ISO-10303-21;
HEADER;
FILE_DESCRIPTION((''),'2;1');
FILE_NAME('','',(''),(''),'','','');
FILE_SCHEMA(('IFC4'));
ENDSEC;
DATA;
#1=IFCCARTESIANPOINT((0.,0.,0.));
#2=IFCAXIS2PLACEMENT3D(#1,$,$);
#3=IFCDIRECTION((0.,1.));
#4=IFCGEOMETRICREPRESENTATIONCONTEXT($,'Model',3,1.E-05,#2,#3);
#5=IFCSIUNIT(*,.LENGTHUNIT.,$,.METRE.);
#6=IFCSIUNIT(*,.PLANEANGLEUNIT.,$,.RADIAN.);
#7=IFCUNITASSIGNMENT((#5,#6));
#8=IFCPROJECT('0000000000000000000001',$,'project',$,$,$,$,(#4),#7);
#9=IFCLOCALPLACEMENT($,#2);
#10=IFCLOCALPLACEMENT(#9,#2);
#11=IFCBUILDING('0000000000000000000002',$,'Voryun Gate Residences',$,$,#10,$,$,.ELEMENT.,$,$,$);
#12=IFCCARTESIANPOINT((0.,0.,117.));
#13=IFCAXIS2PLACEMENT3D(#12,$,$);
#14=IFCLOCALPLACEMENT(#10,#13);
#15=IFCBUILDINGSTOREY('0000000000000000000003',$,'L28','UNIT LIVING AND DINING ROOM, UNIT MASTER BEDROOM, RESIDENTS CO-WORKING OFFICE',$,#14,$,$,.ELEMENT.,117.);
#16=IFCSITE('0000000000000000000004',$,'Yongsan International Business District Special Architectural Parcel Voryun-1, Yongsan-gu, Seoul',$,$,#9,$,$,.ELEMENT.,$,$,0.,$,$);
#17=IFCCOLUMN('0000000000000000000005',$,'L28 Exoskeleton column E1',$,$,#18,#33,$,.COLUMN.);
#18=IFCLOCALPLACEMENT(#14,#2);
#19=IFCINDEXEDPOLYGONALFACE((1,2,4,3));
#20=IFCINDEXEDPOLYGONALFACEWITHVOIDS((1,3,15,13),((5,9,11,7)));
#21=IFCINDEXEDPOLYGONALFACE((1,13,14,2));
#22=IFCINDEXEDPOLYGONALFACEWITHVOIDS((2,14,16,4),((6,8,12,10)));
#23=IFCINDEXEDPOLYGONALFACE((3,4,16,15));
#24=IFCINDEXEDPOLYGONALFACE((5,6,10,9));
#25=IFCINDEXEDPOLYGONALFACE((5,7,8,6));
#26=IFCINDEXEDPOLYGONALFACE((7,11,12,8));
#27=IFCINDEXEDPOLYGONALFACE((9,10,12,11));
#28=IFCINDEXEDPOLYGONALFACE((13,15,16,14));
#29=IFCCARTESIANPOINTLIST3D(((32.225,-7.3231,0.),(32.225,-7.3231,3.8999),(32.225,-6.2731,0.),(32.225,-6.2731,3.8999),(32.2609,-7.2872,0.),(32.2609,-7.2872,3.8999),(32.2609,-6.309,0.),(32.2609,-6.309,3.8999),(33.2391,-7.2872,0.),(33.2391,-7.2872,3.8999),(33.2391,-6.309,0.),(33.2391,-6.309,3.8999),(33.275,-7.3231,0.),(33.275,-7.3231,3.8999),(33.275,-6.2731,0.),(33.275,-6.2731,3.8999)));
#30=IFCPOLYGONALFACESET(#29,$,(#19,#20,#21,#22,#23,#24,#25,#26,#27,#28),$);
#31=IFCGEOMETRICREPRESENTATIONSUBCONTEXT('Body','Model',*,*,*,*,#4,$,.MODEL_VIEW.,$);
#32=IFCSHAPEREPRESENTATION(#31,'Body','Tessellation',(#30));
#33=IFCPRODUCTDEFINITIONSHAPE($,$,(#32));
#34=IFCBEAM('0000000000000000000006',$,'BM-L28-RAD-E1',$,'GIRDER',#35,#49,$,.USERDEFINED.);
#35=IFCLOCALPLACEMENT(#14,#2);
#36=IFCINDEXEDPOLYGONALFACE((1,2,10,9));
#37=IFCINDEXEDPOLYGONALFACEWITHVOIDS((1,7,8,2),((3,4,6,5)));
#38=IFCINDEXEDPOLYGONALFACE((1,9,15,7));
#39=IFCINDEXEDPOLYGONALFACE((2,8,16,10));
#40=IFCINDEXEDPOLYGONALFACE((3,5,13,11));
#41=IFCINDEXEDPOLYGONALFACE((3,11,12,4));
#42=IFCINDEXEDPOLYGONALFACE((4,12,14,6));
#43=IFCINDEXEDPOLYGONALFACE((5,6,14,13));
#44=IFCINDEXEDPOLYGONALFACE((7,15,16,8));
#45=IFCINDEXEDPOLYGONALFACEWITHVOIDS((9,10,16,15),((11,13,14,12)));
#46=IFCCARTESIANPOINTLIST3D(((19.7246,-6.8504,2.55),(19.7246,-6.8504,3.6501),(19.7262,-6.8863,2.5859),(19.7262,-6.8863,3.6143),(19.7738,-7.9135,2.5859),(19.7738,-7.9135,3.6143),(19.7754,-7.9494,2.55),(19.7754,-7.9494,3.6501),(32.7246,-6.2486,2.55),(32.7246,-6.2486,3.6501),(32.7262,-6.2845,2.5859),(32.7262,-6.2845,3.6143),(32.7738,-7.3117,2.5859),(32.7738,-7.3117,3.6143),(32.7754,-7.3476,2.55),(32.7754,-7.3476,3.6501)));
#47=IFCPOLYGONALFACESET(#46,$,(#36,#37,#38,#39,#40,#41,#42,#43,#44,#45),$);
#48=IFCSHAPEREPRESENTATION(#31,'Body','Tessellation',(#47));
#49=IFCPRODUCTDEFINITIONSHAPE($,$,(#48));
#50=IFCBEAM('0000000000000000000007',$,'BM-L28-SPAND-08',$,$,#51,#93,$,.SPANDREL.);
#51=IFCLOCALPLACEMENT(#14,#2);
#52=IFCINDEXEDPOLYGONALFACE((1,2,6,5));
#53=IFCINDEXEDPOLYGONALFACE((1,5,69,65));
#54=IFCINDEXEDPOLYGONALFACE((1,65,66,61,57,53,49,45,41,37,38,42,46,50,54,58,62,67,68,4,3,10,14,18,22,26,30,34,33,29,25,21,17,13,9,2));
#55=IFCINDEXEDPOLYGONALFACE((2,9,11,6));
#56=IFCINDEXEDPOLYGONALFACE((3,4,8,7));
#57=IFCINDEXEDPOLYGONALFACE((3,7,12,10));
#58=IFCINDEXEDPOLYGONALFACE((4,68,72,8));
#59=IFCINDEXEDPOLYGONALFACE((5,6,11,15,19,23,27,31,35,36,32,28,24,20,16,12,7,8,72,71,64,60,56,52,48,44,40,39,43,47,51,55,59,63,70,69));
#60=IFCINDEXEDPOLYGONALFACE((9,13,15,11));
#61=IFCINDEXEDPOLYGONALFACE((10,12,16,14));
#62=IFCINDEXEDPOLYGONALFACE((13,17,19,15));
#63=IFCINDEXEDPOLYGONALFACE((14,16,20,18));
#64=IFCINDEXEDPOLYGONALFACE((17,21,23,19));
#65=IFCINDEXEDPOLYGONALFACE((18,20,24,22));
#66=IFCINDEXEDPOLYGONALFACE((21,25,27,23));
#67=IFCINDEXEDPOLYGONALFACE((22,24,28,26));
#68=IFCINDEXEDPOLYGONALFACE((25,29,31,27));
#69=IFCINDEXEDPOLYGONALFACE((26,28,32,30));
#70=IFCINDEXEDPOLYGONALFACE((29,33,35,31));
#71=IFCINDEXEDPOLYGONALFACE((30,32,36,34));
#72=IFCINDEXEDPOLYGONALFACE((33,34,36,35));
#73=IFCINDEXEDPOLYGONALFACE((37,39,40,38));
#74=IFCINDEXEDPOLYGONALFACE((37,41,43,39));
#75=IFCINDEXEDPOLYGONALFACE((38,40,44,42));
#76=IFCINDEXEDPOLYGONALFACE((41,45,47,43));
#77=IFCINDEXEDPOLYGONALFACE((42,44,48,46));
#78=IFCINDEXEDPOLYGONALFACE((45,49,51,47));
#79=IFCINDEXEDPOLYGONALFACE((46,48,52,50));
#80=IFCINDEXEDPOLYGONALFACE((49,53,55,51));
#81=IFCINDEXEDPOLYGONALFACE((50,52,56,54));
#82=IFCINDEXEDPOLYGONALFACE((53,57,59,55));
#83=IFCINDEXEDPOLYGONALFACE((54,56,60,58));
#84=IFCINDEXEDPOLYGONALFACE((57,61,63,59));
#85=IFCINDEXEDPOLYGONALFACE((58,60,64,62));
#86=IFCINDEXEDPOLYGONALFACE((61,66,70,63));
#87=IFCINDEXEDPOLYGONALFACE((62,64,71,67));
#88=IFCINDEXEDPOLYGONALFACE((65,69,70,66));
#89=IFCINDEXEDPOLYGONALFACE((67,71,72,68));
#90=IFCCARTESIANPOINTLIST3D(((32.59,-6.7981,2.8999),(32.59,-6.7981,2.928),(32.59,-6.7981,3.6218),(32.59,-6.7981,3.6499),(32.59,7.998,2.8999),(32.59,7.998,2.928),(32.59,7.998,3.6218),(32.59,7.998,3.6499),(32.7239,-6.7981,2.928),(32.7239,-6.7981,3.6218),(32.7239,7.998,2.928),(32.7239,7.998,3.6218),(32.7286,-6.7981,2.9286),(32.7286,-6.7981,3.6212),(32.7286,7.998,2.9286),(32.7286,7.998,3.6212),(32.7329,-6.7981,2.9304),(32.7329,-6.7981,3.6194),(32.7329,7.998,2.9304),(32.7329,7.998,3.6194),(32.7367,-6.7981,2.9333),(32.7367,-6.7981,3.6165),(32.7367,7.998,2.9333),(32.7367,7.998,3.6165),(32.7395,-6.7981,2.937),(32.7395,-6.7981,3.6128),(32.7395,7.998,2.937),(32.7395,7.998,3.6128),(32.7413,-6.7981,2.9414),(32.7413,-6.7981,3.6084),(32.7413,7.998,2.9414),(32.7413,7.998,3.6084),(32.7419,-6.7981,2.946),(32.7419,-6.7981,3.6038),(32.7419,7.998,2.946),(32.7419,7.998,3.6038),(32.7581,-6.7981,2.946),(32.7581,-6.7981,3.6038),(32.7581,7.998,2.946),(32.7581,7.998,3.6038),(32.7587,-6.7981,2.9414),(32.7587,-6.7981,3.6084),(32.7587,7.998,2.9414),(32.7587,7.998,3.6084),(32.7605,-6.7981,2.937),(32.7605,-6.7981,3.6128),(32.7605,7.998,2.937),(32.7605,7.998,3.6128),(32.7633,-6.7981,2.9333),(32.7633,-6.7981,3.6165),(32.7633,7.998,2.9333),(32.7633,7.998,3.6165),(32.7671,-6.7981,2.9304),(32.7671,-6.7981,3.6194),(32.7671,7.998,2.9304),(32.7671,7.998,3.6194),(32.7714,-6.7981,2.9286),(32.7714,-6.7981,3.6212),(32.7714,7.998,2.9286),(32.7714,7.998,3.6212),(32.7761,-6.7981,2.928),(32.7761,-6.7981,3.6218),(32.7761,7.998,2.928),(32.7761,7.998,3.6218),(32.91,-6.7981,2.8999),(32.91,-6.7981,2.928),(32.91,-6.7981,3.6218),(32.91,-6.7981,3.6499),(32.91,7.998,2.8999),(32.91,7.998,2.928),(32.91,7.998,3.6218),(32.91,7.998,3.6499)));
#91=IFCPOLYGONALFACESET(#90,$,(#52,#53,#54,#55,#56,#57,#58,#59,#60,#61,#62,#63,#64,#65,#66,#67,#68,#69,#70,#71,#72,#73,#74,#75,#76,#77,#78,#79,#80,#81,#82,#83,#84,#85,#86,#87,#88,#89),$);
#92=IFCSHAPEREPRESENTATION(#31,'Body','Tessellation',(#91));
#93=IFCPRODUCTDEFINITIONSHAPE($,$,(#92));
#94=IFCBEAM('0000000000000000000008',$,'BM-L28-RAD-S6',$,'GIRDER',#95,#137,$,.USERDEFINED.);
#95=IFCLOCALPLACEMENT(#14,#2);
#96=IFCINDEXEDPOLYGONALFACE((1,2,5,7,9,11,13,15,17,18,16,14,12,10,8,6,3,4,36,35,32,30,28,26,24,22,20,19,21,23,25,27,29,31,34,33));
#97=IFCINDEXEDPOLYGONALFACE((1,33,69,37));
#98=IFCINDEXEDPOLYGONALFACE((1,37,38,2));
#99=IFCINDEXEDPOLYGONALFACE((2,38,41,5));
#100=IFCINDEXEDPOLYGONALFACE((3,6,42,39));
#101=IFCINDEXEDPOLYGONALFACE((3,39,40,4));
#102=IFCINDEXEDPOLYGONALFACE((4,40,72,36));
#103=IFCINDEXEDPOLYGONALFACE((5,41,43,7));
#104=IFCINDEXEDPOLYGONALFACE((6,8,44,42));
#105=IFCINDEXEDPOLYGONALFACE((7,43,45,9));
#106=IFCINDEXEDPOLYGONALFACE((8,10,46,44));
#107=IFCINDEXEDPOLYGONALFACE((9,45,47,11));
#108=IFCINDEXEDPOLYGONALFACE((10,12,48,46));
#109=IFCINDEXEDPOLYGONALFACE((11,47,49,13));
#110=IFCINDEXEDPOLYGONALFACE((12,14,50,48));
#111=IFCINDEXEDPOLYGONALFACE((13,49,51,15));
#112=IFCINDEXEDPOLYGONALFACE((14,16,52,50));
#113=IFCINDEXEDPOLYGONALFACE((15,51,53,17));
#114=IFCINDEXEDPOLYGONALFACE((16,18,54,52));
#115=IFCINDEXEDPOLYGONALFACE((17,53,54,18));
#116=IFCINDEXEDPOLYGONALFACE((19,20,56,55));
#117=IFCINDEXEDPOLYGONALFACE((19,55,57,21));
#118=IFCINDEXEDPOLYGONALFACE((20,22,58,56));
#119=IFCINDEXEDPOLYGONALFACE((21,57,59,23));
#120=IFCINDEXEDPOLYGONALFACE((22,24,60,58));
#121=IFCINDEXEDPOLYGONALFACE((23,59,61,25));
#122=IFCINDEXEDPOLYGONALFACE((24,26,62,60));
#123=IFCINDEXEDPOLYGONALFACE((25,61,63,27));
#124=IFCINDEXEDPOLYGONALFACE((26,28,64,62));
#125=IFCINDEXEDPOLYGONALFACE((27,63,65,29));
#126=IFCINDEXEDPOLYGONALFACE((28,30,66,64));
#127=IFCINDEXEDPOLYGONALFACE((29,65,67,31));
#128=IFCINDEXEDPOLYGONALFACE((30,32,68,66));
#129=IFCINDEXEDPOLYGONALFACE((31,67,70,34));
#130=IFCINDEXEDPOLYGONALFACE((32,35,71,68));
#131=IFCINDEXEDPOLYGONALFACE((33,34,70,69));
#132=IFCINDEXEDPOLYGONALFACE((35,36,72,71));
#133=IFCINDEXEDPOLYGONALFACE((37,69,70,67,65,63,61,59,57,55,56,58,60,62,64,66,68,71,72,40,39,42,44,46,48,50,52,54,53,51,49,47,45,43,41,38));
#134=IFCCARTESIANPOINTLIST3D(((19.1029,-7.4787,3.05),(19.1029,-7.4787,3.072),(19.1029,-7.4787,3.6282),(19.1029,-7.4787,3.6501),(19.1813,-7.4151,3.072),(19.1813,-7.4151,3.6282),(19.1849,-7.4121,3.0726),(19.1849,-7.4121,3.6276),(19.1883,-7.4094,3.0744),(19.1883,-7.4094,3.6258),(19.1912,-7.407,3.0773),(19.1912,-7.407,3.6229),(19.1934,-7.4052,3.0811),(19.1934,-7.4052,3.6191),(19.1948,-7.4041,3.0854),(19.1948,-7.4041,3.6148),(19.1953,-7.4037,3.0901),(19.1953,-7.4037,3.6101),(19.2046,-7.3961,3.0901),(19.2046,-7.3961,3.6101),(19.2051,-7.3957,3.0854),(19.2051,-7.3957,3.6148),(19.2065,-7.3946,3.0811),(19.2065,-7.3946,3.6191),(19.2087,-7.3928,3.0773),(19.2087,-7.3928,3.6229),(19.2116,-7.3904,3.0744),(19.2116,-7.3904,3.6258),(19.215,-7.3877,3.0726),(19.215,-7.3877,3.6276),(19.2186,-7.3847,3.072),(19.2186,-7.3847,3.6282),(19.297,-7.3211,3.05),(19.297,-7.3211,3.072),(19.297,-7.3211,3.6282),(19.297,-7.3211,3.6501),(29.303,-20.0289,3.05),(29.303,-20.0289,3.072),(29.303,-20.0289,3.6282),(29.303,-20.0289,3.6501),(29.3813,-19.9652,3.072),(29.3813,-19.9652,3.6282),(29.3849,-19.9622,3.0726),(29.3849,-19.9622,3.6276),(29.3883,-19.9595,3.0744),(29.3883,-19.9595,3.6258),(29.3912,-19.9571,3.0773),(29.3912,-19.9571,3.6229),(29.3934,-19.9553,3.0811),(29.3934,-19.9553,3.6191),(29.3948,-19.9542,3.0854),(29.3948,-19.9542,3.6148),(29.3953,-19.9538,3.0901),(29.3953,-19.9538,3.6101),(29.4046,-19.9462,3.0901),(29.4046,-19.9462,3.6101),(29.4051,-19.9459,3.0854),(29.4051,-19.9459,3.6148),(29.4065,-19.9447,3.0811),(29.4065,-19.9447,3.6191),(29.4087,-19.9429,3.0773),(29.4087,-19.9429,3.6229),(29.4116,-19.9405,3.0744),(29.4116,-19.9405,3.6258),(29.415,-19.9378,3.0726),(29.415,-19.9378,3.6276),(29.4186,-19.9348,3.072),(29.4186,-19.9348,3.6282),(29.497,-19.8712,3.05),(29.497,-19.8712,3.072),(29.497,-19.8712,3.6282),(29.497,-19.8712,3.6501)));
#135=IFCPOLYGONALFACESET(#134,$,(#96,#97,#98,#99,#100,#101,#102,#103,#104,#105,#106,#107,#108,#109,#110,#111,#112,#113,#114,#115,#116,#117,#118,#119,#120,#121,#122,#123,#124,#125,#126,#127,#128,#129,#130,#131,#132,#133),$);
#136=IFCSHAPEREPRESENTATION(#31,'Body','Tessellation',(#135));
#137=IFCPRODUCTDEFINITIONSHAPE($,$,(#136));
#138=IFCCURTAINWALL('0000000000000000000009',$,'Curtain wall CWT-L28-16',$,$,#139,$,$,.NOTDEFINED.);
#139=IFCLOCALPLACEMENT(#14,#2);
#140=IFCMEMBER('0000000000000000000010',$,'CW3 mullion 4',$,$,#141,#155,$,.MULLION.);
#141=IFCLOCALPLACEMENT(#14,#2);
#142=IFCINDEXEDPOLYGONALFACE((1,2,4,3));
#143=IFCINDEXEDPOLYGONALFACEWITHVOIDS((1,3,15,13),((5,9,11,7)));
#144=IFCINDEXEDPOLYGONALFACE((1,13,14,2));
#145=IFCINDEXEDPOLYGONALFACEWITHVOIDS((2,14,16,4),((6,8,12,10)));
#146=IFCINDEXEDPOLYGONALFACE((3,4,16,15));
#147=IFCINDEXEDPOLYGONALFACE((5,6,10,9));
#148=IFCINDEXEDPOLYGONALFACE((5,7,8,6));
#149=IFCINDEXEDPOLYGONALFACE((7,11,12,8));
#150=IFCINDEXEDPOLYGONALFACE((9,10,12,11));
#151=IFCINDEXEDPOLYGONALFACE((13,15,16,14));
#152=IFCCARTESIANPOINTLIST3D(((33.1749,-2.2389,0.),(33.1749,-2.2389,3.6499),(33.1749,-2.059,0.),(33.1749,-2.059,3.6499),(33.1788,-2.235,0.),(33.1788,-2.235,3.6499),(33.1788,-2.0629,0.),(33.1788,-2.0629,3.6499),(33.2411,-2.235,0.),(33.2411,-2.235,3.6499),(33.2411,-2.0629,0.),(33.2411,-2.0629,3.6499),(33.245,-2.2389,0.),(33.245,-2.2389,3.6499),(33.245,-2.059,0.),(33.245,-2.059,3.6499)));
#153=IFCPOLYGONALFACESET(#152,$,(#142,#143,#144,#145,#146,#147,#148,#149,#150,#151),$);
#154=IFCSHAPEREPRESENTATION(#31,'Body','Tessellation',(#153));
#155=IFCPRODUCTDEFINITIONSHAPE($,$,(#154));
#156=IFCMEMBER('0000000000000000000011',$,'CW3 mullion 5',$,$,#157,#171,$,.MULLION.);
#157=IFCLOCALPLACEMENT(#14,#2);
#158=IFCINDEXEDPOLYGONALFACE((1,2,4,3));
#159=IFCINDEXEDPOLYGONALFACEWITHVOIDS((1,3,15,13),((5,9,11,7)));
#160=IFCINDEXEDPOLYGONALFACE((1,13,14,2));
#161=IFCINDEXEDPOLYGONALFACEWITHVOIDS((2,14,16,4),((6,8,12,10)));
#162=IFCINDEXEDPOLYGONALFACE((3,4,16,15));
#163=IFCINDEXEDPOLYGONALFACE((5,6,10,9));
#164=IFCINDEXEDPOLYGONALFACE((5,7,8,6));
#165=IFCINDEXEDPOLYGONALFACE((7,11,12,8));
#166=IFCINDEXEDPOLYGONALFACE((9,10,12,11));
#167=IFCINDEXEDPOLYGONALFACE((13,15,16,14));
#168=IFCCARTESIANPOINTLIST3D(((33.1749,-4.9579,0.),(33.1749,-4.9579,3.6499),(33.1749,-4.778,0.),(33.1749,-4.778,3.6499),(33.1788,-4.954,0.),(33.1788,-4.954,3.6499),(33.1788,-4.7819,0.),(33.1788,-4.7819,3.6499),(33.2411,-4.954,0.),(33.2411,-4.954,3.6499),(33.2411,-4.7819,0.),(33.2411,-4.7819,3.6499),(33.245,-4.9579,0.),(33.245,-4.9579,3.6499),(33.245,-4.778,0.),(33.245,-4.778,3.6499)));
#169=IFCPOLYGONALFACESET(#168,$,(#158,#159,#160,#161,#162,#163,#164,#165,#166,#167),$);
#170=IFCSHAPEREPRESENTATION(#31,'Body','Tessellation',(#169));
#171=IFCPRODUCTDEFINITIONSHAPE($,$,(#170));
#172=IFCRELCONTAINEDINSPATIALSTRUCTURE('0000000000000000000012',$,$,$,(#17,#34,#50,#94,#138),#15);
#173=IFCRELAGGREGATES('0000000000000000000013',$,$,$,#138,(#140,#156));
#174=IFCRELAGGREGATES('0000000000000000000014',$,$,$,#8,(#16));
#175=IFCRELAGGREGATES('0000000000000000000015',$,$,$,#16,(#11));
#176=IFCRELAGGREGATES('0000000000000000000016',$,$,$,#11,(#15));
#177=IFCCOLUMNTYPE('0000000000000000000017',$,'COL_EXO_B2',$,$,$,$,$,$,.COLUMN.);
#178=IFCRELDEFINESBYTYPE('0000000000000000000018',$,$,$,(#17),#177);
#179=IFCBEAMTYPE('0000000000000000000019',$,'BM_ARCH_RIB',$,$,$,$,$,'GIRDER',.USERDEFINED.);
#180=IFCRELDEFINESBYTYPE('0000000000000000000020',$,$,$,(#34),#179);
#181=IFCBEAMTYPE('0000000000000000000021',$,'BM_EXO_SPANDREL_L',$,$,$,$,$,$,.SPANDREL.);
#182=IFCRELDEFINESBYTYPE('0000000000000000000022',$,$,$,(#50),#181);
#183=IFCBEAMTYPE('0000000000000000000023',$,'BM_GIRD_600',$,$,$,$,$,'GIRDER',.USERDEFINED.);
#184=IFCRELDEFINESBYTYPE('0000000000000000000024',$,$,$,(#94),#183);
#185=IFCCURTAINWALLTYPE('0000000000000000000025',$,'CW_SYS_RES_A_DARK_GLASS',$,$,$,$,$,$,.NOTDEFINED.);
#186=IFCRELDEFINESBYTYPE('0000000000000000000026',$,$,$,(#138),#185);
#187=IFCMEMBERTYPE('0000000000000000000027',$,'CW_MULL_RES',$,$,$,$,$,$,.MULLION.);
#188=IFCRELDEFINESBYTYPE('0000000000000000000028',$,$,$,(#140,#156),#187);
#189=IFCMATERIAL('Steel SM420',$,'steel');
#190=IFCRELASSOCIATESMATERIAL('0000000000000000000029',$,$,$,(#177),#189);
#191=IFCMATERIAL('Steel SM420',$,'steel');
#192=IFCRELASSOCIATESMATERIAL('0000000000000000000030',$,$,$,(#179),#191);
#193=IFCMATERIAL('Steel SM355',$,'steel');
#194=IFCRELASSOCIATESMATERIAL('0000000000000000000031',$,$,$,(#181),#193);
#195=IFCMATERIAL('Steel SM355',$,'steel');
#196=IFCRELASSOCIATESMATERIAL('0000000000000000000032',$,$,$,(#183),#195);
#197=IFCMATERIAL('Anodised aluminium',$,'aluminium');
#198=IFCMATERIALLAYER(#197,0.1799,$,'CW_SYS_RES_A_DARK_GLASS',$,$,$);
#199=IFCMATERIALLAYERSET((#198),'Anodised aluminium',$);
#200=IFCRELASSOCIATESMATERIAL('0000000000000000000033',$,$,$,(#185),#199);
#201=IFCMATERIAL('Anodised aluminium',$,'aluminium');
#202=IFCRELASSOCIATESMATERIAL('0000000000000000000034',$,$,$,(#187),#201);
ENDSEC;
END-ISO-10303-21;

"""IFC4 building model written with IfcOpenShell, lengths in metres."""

from ifc_helpers import new_model, si_unit, direction, frame, origin, origin_2d, place, context, subcontext, project, spatial, hollow_rectangle, i_section, extrude, material, layer, layer_set, material_profile, profile_set, type_object, element, aggregate, save


model = new_model("IFC4")

# Units and contexts
model_context = context("Model", 3, precision=1e-05, world=origin(), true_north=direction((0.0, 1.0)))
body_context = subcontext(model_context, "Body", "Model", "MODEL_VIEW")
ifc_project = project(units=[si_unit("LENGTHUNIT", "METRE"), si_unit("PLANEANGLEUNIT", "RADIAN")], contexts=[model_context])

# Site, building, storey
site_placement = place(None, origin())
site = spatial("IfcSite", under=ifc_project, at=site_placement, Name="Yongsan International Business District Special Architectural Parcel Voryun-1, Yongsan-gu, Seoul", CompositionType="ELEMENT", RefElevation=0.0)
building_placement = place(site_placement, origin())
building = spatial("IfcBuilding", under=site, at=building_placement, Name="Voryun Gate Residences", CompositionType="ELEMENT")
storey_placement = place(building_placement, frame((0.0, 0.0, 117.0)))
storey = spatial("IfcBuildingStorey", under=building, at=storey_placement, Name="L28", Description="UNIT LIVING AND DINING ROOM, UNIT MASTER BEDROOM, RESIDENTS CO-WORKING OFFICE", CompositionType="ELEMENT", Elevation=117.0)

# Column
ifc_material_1 = material(Name="Steel SM420", Category="steel")
ifc_material_profile_1 = material_profile(ifc_material_1, hollow_rectangle(XDim=1.05, YDim=1.05, WallThickness=0.0359, at=origin_2d()), Name="BOX-1050x1050x36")
ifc_profile_set_1 = profile_set([ifc_material_profile_1], Name="Steel SM420")
column_type = type_object("IfcColumnType", Name="COL_EXO_B2", PredefinedType="COLUMN", material=ifc_profile_set_1)
column_placement = place(storey_placement, frame((32.75, -6.7981, 0.0), z_axis=(0.0, 0.0, 1.0), x_axis=(1.0, 0.0, 0.0)))
element("IfcColumn", 1, at=column_placement, inside=storey, type_object=column_type, Name="L28 Exoskeleton column E1", PredefinedType="COLUMN", context=body_context, shape_type="SweptSolid", body=[
    extrude(hollow_rectangle(XDim=1.05, YDim=1.05, WallThickness=0.0359, at=origin_2d()), origin(), (0.0, 0.0, 1.0), 3.8999),
])

# Beams
ifc_material_2 = material(Name="Steel SM420", Category="steel")
ifc_material_profile_2 = material_profile(ifc_material_2, hollow_rectangle(XDim=1.1001, YDim=1.1001, WallThickness=0.0359, at=origin_2d()), Name="BOX-1100x1100x36")
ifc_profile_set_2 = profile_set([ifc_material_profile_2], Name="Steel SM420")
beam_type_1 = type_object("IfcBeamType", Name="BM_ARCH_RIB", ElementType="GIRDER", PredefinedType="USERDEFINED", material=ifc_profile_set_2)
beam_1_placement = place(storey_placement, frame((19.75, -7.3999, 3.1001), z_axis=(0.99893, 0.046243, 0.0), x_axis=(-0.046243, 0.99893, 0.0)))
element("IfcBeam", 2, at=beam_1_placement, inside=storey, type_object=beam_type_1, Name="BM-L28-RAD-E1", ObjectType="GIRDER", PredefinedType="USERDEFINED", context=body_context, shape_type="SweptSolid", body=[
    extrude(hollow_rectangle(XDim=1.1001, YDim=1.1001, WallThickness=0.0359, at=origin_2d()), origin(), (0.0, 0.0, 1.0), 13.0139),
])
ifc_material_3 = material(Name="Steel SM355", Category="steel")
ifc_material_profile_3 = material_profile(ifc_material_3, i_section(OverallWidth=0.3201, OverallDepth=0.75, WebThickness=0.0161, FlangeThickness=0.0281, FilletRadius=0.0181, at=origin_2d()), Name="H-750x320x16x28")
ifc_profile_set_3 = profile_set([ifc_material_profile_3], Name="Steel SM355")
beam_type_2 = type_object("IfcBeamType", Name="BM_EXO_SPANDREL_L", PredefinedType="SPANDREL", material=ifc_profile_set_3)
beam_2_placement = place(storey_placement, frame((32.75, -6.7981, 3.2749), z_axis=(0.0, 1.0, 0.0), x_axis=(-1.0, 0.0, 0.0)))
element("IfcBeam", 3, at=beam_2_placement, inside=storey, type_object=beam_type_2, Name="BM-L28-SPAND-08", PredefinedType="SPANDREL", context=body_context, shape_type="SweptSolid", body=[
    extrude(i_section(OverallWidth=0.3201, OverallDepth=0.75, WebThickness=0.0161, FlangeThickness=0.0281, FilletRadius=0.0181, at=origin_2d()), origin(), (0.0, 0.0, 1.0), 14.7961),
])
ifc_material_4 = material(Name="Steel SM355", Category="steel")
ifc_material_profile_4 = material_profile(ifc_material_4, i_section(OverallWidth=0.25, OverallDepth=0.6001, WebThickness=0.012, FlangeThickness=0.022, FilletRadius=0.0181, at=origin_2d()), Name="H-600x250x12x22")
ifc_profile_set_4 = profile_set([ifc_material_profile_4], Name="Steel SM355")
beam_type_3 = type_object("IfcBeamType", Name="BM_GIRD_600", ElementType="GIRDER", PredefinedType="USERDEFINED", material=ifc_profile_set_4)
beam_3_placement = place(storey_placement, frame((19.2, -7.3999, 3.3501), z_axis=(0.630706, -0.776022, 0.0), x_axis=(0.776022, 0.630706, 0.0)))
element("IfcBeam", 4, at=beam_3_placement, inside=storey, type_object=beam_type_3, Name="BM-L28-RAD-S6", ObjectType="GIRDER", PredefinedType="USERDEFINED", context=body_context, shape_type="SweptSolid", body=[
    extrude(i_section(OverallWidth=0.25, OverallDepth=0.6001, WebThickness=0.012, FlangeThickness=0.022, FilletRadius=0.0181, at=origin_2d()), origin(), (0.0, 0.0, 1.0), 16.1724),
])

# Curtain wall, members
ifc_material_5 = material(Name="Anodised aluminium", Category="aluminium")
ifc_layer_1 = layer(ifc_material_5, 0.1799, Name="CW_SYS_RES_A_DARK_GLASS")
ifc_layer_set_1 = layer_set([ifc_layer_1], Name="Anodised aluminium")
curtain_wall_type = type_object("IfcCurtainWallType", Name="CW_SYS_RES_A_DARK_GLASS", PredefinedType="NOTDEFINED", material=ifc_layer_set_1)
curtain_wall_placement = place(storey_placement, origin())
curtain_wall = element("IfcCurtainWall", 5, at=curtain_wall_placement, inside=storey, type_object=curtain_wall_type, Name="Curtain wall CWT-L28-16", PredefinedType="NOTDEFINED")
ifc_material_6 = material(Name="Anodised aluminium", Category="aluminium")
ifc_material_profile_5 = material_profile(ifc_material_6, hollow_rectangle(XDim=0.0701, YDim=0.1799, WallThickness=0.0039, at=origin_2d()), Name="ALU-MULL-180x70x4")
ifc_profile_set_5 = profile_set([ifc_material_profile_5], Name="Anodised aluminium")
member_type_1 = type_object("IfcMemberType", Name="CW_MULL_RES", PredefinedType="MULLION", material=ifc_profile_set_5)
member_1_placement = place(storey_placement, frame((33.21, -2.1489, 0.0), z_axis=(0.0, 0.0, 1.0), x_axis=(1.0, 0.0, 0.0)))
member_1 = element("IfcMember", 6, at=member_1_placement, type_object=member_type_1, Name="CW3 mullion 4", PredefinedType="MULLION", context=body_context, shape_type="SweptSolid", body=[
    extrude(hollow_rectangle(XDim=0.0701, YDim=0.1799, WallThickness=0.0039, at=origin_2d()), origin(), (0.0, 0.0, 1.0), 3.6499),
])
member_2_placement = place(storey_placement, frame((33.21, -4.8679, 0.0), z_axis=(0.0, 0.0, 1.0), x_axis=(1.0, 0.0, 0.0)))
member_2 = element("IfcMember", 7, at=member_2_placement, type_object=member_type_1, Name="CW3 mullion 5", PredefinedType="MULLION", context=body_context, shape_type="SweptSolid", body=[
    extrude(hollow_rectangle(XDim=0.0701, YDim=0.1799, WallThickness=0.0039, at=origin_2d()), origin(), (0.0, 0.0, 1.0), 3.6499),
])

aggregate(curtain_wall, [member_1, member_2])

save(model, "model.ifc")
